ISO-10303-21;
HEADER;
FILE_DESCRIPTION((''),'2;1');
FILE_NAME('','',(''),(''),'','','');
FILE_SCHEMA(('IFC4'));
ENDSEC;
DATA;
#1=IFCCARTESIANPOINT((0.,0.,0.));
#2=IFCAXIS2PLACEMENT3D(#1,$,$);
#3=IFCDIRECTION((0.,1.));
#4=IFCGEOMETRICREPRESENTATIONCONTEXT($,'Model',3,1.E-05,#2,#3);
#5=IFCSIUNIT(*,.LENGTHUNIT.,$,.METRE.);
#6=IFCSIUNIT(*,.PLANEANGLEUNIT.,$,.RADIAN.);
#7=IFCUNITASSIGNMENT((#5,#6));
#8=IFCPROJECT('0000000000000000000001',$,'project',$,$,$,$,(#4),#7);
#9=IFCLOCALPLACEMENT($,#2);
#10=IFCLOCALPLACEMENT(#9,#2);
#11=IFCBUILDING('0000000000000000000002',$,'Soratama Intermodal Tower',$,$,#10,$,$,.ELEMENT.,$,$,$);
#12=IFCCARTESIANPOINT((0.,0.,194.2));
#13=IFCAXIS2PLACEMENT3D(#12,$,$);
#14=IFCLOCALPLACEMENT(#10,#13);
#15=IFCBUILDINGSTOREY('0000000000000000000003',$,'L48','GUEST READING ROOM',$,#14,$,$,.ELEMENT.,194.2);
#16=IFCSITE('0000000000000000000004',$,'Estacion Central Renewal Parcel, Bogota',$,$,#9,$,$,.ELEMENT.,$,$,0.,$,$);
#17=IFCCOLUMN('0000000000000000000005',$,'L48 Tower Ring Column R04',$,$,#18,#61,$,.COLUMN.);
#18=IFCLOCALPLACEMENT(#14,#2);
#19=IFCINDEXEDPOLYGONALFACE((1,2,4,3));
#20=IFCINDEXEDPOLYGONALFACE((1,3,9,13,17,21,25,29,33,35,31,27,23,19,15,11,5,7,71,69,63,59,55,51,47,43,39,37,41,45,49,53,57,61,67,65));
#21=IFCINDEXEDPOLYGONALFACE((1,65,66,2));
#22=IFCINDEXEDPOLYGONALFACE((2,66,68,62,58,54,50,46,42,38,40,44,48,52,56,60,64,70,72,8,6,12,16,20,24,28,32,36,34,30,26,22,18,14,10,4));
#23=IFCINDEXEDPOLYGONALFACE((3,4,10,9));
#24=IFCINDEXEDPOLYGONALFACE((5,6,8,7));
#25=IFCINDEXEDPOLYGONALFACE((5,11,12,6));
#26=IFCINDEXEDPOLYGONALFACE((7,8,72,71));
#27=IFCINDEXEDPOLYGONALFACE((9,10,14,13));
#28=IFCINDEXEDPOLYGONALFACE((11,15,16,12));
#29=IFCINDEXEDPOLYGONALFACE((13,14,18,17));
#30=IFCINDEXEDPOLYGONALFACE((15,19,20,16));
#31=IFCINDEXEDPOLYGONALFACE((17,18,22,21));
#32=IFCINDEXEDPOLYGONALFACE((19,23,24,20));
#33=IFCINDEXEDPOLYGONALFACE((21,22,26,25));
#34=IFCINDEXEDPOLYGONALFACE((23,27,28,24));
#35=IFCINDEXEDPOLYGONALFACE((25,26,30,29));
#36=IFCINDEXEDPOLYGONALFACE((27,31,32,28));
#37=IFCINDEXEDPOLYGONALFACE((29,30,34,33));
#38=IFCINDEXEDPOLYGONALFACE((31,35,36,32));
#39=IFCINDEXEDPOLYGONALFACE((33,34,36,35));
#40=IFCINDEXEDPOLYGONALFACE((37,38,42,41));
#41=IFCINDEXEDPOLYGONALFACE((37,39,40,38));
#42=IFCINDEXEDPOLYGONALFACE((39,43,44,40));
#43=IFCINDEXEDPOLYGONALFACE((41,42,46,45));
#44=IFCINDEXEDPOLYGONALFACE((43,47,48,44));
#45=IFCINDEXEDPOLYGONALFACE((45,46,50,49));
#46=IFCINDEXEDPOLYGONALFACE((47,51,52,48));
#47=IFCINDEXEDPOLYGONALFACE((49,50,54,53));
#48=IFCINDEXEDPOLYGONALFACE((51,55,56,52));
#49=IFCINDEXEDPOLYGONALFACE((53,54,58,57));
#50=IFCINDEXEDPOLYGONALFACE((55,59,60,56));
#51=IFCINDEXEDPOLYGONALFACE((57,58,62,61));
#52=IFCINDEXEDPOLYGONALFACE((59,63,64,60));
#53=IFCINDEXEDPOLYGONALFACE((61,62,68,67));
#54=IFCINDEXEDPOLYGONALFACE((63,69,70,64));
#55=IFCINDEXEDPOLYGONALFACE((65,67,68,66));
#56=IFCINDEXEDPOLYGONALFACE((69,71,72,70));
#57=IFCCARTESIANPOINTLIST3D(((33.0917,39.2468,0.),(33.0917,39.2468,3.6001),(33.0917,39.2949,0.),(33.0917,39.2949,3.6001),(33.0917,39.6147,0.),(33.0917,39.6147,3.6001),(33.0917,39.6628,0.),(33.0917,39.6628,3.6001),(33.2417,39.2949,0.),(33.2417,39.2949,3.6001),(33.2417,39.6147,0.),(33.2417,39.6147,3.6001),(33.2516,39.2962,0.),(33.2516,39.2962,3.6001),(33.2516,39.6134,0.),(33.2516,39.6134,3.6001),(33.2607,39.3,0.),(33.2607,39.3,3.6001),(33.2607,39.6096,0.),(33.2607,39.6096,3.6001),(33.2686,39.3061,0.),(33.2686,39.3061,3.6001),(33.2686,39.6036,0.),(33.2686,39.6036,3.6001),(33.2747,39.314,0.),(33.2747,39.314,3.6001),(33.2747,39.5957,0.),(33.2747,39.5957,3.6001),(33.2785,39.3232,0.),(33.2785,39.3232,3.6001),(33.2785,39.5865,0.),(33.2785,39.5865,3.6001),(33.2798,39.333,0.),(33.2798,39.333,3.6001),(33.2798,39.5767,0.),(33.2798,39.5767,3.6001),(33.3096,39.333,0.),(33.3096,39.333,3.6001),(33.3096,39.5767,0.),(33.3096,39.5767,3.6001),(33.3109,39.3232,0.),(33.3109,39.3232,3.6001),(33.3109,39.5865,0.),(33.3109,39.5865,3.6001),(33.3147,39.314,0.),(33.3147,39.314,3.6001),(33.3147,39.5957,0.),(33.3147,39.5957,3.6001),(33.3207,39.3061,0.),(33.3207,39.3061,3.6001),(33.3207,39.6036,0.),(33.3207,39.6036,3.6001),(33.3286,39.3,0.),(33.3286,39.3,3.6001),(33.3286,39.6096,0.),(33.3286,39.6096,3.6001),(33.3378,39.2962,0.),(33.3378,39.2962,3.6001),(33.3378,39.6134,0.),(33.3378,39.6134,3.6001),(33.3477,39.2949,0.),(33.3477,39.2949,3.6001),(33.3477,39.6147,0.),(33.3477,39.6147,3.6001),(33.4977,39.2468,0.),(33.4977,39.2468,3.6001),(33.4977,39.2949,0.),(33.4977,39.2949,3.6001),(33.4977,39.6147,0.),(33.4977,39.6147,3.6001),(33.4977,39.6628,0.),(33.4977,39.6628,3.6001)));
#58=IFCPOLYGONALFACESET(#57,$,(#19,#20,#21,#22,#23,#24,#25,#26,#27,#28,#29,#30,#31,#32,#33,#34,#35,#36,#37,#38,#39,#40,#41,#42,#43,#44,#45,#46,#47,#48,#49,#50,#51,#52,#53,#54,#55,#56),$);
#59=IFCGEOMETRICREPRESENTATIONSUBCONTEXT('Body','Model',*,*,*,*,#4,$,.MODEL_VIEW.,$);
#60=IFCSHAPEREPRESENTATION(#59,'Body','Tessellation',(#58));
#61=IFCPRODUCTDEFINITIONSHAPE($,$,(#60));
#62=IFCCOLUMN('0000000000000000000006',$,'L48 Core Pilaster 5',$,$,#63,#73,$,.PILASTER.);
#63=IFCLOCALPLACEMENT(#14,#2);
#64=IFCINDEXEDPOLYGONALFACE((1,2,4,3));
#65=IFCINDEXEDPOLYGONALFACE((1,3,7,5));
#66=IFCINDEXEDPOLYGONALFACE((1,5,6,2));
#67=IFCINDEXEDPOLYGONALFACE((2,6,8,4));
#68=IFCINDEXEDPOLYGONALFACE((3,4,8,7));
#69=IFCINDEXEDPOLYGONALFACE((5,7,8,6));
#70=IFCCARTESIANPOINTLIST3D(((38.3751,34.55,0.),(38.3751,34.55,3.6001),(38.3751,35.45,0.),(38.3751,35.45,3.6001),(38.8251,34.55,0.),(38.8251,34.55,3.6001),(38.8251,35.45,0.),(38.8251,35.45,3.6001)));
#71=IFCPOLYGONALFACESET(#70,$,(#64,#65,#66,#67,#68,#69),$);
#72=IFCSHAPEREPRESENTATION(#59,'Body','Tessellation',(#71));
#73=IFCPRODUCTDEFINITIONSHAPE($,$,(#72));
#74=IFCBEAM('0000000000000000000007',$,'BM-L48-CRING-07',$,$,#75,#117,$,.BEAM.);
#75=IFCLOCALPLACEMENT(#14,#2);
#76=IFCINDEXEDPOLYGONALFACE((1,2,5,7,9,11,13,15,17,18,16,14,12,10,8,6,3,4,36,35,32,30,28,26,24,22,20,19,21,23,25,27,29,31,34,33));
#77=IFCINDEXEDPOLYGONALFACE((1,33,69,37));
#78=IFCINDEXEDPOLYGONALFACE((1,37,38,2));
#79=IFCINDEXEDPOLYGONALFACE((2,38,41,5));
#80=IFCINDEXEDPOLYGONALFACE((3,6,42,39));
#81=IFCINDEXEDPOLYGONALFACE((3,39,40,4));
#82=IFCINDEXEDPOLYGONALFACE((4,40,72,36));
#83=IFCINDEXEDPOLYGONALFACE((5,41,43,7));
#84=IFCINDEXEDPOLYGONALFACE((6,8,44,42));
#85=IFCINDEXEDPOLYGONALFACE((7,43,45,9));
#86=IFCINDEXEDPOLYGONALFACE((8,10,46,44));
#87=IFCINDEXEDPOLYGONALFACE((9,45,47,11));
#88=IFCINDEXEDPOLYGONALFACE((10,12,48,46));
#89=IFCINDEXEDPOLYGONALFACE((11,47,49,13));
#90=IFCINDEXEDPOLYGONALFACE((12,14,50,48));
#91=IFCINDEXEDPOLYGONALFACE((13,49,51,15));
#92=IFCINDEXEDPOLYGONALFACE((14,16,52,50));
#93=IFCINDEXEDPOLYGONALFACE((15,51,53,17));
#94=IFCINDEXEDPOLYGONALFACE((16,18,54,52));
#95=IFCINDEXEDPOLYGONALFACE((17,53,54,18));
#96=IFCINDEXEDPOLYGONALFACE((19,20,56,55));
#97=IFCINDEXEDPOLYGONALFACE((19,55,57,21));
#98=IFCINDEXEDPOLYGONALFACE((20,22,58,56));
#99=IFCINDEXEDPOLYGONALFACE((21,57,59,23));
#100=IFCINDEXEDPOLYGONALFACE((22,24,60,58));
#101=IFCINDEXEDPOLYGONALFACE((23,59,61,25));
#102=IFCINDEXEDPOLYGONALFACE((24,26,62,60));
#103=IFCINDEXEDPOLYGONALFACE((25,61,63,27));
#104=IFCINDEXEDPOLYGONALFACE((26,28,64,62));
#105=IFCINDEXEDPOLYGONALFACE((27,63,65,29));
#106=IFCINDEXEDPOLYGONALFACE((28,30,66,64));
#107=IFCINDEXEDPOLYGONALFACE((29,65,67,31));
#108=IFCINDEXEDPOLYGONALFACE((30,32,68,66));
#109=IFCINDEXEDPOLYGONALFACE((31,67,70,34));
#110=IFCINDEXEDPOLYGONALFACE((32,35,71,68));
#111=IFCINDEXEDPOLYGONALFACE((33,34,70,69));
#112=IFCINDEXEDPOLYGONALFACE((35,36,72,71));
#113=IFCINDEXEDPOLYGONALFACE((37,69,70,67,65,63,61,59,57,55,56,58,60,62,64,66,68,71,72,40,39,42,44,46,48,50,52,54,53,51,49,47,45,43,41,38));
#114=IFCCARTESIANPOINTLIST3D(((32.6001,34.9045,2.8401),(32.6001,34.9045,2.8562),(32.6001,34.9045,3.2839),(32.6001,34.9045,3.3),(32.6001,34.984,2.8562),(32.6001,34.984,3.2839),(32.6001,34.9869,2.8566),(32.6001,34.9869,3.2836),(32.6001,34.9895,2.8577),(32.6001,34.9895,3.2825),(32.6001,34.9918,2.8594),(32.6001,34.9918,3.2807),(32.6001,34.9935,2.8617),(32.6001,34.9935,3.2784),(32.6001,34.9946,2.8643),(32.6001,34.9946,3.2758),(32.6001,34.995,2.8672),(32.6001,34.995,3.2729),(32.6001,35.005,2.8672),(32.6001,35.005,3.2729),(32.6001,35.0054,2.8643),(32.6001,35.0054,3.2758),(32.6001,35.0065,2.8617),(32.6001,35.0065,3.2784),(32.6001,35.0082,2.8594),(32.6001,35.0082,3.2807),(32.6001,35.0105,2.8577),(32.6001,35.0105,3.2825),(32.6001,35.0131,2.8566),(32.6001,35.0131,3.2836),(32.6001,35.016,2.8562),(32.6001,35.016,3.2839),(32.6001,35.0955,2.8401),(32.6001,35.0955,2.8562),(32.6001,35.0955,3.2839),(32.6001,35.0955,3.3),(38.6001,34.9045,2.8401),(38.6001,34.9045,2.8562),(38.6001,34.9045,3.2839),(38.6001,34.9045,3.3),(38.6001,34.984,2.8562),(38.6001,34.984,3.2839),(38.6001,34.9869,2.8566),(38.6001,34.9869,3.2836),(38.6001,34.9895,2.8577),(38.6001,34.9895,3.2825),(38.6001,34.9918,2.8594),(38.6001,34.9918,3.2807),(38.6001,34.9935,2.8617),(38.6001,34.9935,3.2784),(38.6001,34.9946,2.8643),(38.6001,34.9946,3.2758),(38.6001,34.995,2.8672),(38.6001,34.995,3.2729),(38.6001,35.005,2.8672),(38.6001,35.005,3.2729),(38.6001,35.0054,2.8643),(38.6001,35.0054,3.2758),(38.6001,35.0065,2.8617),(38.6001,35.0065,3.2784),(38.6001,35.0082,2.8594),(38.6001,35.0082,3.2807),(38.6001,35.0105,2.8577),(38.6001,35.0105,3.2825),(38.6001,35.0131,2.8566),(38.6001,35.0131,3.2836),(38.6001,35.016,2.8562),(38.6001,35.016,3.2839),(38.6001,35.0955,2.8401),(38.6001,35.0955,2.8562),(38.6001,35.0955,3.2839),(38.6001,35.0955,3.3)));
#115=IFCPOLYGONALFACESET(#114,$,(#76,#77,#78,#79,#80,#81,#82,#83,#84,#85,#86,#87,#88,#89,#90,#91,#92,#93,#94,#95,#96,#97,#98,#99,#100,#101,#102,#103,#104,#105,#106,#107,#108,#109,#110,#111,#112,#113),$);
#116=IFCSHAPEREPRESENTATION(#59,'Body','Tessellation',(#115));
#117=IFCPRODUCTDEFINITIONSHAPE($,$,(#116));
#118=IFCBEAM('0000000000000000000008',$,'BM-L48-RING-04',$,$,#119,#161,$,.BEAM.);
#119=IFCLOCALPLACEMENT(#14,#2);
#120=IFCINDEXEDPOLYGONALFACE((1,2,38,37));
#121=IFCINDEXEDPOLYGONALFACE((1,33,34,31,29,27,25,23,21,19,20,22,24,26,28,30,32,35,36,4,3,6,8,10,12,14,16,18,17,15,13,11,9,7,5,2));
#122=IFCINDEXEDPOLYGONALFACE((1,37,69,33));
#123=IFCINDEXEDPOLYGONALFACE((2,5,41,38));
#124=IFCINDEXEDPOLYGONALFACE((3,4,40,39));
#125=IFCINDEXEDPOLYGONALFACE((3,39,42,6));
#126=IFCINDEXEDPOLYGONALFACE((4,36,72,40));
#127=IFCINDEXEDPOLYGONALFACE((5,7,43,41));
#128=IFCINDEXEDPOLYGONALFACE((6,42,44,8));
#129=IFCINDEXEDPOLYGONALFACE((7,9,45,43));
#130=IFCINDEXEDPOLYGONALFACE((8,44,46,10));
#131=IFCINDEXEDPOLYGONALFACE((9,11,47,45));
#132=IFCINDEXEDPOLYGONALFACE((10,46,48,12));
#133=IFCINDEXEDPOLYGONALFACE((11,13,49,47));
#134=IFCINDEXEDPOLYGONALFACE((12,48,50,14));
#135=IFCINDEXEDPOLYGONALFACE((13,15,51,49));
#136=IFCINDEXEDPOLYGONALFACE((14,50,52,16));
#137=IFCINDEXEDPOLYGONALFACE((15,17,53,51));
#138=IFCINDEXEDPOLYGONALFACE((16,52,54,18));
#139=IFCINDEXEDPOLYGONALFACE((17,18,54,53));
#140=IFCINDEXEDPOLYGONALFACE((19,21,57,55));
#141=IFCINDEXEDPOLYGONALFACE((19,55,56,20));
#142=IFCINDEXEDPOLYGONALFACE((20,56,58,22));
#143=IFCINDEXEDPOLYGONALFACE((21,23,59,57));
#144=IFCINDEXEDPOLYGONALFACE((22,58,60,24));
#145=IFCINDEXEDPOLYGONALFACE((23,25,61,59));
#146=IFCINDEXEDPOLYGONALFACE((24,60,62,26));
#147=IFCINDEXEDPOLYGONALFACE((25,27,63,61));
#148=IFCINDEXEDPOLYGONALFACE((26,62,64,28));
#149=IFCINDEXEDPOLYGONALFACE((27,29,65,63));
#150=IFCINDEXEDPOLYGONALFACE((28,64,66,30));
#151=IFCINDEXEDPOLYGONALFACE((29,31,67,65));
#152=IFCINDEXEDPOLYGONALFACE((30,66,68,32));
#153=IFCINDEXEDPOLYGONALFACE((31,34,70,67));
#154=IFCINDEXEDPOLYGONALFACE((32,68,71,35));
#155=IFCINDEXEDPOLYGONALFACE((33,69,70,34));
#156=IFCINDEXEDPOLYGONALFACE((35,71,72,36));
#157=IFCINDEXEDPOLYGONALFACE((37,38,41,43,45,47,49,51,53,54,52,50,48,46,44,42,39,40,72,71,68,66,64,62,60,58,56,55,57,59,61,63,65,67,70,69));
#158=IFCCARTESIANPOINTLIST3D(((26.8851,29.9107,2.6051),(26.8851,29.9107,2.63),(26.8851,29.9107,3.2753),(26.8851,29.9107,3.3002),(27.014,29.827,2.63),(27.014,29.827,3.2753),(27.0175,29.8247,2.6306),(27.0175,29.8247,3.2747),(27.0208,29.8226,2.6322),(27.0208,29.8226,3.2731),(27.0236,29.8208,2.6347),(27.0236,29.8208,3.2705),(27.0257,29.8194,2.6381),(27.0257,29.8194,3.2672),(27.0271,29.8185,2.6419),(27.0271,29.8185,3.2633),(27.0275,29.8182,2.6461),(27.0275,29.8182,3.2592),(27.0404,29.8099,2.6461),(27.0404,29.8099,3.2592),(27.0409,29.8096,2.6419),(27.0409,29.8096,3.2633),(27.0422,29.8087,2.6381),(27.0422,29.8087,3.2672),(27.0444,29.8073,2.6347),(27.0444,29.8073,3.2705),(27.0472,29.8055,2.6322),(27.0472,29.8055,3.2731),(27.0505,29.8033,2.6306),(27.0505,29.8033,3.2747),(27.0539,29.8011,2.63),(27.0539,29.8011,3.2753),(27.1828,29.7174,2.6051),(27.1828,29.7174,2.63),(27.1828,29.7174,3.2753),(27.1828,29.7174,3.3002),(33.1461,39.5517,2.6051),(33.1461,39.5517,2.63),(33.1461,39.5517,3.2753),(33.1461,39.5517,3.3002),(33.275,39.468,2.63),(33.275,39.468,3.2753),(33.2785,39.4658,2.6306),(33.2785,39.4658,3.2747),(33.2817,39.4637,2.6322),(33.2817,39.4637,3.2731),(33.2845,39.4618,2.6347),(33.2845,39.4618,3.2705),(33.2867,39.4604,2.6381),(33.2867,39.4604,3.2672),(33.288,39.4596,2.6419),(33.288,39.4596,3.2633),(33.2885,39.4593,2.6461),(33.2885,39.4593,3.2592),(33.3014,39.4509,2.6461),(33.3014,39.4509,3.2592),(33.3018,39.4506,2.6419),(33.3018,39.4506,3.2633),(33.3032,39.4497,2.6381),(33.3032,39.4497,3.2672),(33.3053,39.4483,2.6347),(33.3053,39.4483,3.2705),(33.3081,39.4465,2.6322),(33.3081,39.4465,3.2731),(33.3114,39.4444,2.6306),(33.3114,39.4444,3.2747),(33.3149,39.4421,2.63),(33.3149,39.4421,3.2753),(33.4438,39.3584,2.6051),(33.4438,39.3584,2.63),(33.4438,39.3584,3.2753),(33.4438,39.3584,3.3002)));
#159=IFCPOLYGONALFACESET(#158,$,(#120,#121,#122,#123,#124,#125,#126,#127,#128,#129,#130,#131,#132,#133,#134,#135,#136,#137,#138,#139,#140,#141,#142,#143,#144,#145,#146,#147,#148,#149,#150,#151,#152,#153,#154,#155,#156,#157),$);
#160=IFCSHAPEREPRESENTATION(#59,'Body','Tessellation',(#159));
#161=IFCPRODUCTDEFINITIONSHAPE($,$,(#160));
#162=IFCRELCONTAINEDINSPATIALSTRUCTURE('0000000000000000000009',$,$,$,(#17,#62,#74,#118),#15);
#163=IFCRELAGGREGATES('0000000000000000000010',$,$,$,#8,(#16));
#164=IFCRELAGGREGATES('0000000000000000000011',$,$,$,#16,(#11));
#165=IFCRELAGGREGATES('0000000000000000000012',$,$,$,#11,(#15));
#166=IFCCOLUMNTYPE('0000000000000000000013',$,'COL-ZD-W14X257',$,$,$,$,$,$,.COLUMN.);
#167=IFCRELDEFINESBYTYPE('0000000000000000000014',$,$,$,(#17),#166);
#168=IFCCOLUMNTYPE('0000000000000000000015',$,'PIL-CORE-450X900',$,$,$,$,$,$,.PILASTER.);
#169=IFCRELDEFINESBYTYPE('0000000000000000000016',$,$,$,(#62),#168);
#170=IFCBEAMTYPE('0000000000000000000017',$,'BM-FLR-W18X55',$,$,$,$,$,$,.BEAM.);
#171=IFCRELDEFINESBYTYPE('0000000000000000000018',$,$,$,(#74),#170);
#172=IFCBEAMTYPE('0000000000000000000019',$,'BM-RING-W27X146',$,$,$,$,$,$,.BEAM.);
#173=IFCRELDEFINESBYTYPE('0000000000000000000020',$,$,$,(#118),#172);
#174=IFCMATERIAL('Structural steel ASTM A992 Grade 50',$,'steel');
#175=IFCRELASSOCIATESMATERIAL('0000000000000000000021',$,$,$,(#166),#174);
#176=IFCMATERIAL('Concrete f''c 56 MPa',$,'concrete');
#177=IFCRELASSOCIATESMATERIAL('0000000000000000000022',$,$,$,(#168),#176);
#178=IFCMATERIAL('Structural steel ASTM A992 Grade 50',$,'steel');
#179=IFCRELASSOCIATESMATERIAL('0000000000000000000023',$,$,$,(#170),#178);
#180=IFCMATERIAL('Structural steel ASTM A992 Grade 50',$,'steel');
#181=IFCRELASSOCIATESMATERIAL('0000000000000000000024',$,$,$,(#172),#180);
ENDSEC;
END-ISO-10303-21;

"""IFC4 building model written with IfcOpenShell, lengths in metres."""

from ifc_helpers import new_model, si_unit, direction, frame, origin, origin_2d, place, context, subcontext, project, spatial, rectangle, i_section, extrude, material, material_profile, profile_set, type_object, element, save


model = new_model("IFC4")

# Units and contexts
model_context = context("Model", 3, precision=1e-05, world=origin(), true_north=direction((0.0, 1.0)))
body_context = subcontext(model_context, "Body", "Model", "MODEL_VIEW")
ifc_project = project(units=[si_unit("LENGTHUNIT", "METRE"), si_unit("PLANEANGLEUNIT", "RADIAN")], contexts=[model_context])

# Site, building, storey
site_placement = place(None, origin())
site = spatial("IfcSite", under=ifc_project, at=site_placement, Name="Estacion Central Renewal Parcel, Bogota", CompositionType="ELEMENT", RefElevation=0.0)
building_placement = place(site_placement, origin())
building = spatial("IfcBuilding", under=site, at=building_placement, Name="Soratama Intermodal Tower", CompositionType="ELEMENT")
storey_placement = place(building_placement, frame((0.0, 0.0, 194.2)))
storey = spatial("IfcBuildingStorey", under=building, at=storey_placement, Name="L48", Description="GUEST READING ROOM", CompositionType="ELEMENT", Elevation=194.2)

# Columns
ifc_material_1 = material(Name="Structural steel ASTM A992 Grade 50", Category="steel")
ifc_material_profile_1 = material_profile(ifc_material_1, i_section(OverallWidth=0.406, OverallDepth=0.416, WebThickness=0.0298, FlangeThickness=0.0481, FilletRadius=0.0381, at=origin_2d()), Name="W14X257")
ifc_profile_set_1 = profile_set([ifc_material_profile_1], Name="Structural steel ASTM A992 Grade 50")
column_type_1 = type_object("IfcColumnType", Name="COL-ZD-W14X257", PredefinedType="COLUMN", material=ifc_profile_set_1)
column_1_placement = place(storey_placement, frame((33.2947, 39.4548, 0.0), z_axis=(0.0, 0.0, 1.0), x_axis=(1.0, 0.0, 0.0)))
element("IfcColumn", 1, at=column_1_placement, inside=storey, type_object=column_type_1, Name="L48 Tower Ring Column R04", PredefinedType="COLUMN", context=body_context, shape_type="SweptSolid", body=[
    extrude(i_section(OverallWidth=0.406, OverallDepth=0.416, WebThickness=0.0298, FlangeThickness=0.0481, FilletRadius=0.0381, at=origin_2d()), origin(), (0.0, 0.0, 1.0), 3.6001),
])
ifc_material_2 = material(Name="Concrete f'c 56 MPa", Category="concrete")
ifc_material_profile_2 = material_profile(ifc_material_2, rectangle(XDim=0.45, YDim=0.8999, at=origin_2d()), Name="RC450X900")
ifc_profile_set_2 = profile_set([ifc_material_profile_2], Name="Concrete f'c 56 MPa")
column_type_2 = type_object("IfcColumnType", Name="PIL-CORE-450X900", PredefinedType="PILASTER", material=ifc_profile_set_2)
column_2_placement = place(storey_placement, frame((38.6001, 35.0, 0.0), z_axis=(0.0, 0.0, 1.0), x_axis=(1.0, 0.0, 0.0)))
element("IfcColumn", 2, at=column_2_placement, inside=storey, type_object=column_type_2, Name="L48 Core Pilaster 5", PredefinedType="PILASTER", context=body_context, shape_type="SweptSolid", body=[
    extrude(rectangle(XDim=0.45, YDim=0.8999, at=origin_2d()), origin(), (0.0, 0.0, 1.0), 3.6001),
])

# Beams
ifc_material_3 = material(Name="Structural steel ASTM A992 Grade 50", Category="steel")
ifc_material_profile_3 = material_profile(ifc_material_3, i_section(OverallWidth=0.1909, OverallDepth=0.46, WebThickness=0.01, FlangeThickness=0.0161, FilletRadius=0.011, at=origin_2d()), Name="W18X55")
ifc_profile_set_3 = profile_set([ifc_material_profile_3], Name="Structural steel ASTM A992 Grade 50")
beam_type_1 = type_object("IfcBeamType", Name="BM-FLR-W18X55", PredefinedType="BEAM", material=ifc_profile_set_3)
beam_1_placement = place(storey_placement, frame((38.6001, 35.0, 3.0701), z_axis=(-1.0, 0.0, 0.0), x_axis=(0.0, -1.0, 0.0)))
element("IfcBeam", 3, at=beam_1_placement, inside=storey, type_object=beam_type_1, Name="BM-L48-CRING-07", PredefinedType="BEAM", context=body_context, shape_type="SweptSolid", body=[
    extrude(i_section(OverallWidth=0.1909, OverallDepth=0.46, WebThickness=0.01, FlangeThickness=0.0161, FilletRadius=0.011, at=origin_2d()), origin(), (0.0, 0.0, 1.0), 6.0),
])
ifc_material_4 = material(Name="Structural steel ASTM A992 Grade 50", Category="steel")
ifc_material_profile_4 = material_profile(ifc_material_4, i_section(OverallWidth=0.355, OverallDepth=0.6951, WebThickness=0.0154, FlangeThickness=0.0249, FilletRadius=0.0161, at=origin_2d()), Name="W27X146")
ifc_profile_set_4 = profile_set([ifc_material_profile_4], Name="Structural steel ASTM A992 Grade 50")
beam_type_2 = type_object("IfcBeamType", Name="BM-RING-W27X146", PredefinedType="BEAM", material=ifc_profile_set_4)
beam_2_placement = place(storey_placement, frame((33.2949, 39.4551, 2.9526), z_axis=(-0.544637, -0.838672, 0.0), x_axis=(0.838672, -0.544637, 0.0)))
element("IfcBeam", 4, at=beam_2_placement, inside=storey, type_object=beam_type_2, Name="BM-L48-RING-04", PredefinedType="BEAM", context=body_context, shape_type="SweptSolid", body=[
    extrude(i_section(OverallWidth=0.355, OverallDepth=0.6951, WebThickness=0.0154, FlangeThickness=0.0249, FilletRadius=0.0161, at=origin_2d()), origin(), (0.0, 0.0, 1.0), 11.4956),
])

save(model, "model.ifc")
